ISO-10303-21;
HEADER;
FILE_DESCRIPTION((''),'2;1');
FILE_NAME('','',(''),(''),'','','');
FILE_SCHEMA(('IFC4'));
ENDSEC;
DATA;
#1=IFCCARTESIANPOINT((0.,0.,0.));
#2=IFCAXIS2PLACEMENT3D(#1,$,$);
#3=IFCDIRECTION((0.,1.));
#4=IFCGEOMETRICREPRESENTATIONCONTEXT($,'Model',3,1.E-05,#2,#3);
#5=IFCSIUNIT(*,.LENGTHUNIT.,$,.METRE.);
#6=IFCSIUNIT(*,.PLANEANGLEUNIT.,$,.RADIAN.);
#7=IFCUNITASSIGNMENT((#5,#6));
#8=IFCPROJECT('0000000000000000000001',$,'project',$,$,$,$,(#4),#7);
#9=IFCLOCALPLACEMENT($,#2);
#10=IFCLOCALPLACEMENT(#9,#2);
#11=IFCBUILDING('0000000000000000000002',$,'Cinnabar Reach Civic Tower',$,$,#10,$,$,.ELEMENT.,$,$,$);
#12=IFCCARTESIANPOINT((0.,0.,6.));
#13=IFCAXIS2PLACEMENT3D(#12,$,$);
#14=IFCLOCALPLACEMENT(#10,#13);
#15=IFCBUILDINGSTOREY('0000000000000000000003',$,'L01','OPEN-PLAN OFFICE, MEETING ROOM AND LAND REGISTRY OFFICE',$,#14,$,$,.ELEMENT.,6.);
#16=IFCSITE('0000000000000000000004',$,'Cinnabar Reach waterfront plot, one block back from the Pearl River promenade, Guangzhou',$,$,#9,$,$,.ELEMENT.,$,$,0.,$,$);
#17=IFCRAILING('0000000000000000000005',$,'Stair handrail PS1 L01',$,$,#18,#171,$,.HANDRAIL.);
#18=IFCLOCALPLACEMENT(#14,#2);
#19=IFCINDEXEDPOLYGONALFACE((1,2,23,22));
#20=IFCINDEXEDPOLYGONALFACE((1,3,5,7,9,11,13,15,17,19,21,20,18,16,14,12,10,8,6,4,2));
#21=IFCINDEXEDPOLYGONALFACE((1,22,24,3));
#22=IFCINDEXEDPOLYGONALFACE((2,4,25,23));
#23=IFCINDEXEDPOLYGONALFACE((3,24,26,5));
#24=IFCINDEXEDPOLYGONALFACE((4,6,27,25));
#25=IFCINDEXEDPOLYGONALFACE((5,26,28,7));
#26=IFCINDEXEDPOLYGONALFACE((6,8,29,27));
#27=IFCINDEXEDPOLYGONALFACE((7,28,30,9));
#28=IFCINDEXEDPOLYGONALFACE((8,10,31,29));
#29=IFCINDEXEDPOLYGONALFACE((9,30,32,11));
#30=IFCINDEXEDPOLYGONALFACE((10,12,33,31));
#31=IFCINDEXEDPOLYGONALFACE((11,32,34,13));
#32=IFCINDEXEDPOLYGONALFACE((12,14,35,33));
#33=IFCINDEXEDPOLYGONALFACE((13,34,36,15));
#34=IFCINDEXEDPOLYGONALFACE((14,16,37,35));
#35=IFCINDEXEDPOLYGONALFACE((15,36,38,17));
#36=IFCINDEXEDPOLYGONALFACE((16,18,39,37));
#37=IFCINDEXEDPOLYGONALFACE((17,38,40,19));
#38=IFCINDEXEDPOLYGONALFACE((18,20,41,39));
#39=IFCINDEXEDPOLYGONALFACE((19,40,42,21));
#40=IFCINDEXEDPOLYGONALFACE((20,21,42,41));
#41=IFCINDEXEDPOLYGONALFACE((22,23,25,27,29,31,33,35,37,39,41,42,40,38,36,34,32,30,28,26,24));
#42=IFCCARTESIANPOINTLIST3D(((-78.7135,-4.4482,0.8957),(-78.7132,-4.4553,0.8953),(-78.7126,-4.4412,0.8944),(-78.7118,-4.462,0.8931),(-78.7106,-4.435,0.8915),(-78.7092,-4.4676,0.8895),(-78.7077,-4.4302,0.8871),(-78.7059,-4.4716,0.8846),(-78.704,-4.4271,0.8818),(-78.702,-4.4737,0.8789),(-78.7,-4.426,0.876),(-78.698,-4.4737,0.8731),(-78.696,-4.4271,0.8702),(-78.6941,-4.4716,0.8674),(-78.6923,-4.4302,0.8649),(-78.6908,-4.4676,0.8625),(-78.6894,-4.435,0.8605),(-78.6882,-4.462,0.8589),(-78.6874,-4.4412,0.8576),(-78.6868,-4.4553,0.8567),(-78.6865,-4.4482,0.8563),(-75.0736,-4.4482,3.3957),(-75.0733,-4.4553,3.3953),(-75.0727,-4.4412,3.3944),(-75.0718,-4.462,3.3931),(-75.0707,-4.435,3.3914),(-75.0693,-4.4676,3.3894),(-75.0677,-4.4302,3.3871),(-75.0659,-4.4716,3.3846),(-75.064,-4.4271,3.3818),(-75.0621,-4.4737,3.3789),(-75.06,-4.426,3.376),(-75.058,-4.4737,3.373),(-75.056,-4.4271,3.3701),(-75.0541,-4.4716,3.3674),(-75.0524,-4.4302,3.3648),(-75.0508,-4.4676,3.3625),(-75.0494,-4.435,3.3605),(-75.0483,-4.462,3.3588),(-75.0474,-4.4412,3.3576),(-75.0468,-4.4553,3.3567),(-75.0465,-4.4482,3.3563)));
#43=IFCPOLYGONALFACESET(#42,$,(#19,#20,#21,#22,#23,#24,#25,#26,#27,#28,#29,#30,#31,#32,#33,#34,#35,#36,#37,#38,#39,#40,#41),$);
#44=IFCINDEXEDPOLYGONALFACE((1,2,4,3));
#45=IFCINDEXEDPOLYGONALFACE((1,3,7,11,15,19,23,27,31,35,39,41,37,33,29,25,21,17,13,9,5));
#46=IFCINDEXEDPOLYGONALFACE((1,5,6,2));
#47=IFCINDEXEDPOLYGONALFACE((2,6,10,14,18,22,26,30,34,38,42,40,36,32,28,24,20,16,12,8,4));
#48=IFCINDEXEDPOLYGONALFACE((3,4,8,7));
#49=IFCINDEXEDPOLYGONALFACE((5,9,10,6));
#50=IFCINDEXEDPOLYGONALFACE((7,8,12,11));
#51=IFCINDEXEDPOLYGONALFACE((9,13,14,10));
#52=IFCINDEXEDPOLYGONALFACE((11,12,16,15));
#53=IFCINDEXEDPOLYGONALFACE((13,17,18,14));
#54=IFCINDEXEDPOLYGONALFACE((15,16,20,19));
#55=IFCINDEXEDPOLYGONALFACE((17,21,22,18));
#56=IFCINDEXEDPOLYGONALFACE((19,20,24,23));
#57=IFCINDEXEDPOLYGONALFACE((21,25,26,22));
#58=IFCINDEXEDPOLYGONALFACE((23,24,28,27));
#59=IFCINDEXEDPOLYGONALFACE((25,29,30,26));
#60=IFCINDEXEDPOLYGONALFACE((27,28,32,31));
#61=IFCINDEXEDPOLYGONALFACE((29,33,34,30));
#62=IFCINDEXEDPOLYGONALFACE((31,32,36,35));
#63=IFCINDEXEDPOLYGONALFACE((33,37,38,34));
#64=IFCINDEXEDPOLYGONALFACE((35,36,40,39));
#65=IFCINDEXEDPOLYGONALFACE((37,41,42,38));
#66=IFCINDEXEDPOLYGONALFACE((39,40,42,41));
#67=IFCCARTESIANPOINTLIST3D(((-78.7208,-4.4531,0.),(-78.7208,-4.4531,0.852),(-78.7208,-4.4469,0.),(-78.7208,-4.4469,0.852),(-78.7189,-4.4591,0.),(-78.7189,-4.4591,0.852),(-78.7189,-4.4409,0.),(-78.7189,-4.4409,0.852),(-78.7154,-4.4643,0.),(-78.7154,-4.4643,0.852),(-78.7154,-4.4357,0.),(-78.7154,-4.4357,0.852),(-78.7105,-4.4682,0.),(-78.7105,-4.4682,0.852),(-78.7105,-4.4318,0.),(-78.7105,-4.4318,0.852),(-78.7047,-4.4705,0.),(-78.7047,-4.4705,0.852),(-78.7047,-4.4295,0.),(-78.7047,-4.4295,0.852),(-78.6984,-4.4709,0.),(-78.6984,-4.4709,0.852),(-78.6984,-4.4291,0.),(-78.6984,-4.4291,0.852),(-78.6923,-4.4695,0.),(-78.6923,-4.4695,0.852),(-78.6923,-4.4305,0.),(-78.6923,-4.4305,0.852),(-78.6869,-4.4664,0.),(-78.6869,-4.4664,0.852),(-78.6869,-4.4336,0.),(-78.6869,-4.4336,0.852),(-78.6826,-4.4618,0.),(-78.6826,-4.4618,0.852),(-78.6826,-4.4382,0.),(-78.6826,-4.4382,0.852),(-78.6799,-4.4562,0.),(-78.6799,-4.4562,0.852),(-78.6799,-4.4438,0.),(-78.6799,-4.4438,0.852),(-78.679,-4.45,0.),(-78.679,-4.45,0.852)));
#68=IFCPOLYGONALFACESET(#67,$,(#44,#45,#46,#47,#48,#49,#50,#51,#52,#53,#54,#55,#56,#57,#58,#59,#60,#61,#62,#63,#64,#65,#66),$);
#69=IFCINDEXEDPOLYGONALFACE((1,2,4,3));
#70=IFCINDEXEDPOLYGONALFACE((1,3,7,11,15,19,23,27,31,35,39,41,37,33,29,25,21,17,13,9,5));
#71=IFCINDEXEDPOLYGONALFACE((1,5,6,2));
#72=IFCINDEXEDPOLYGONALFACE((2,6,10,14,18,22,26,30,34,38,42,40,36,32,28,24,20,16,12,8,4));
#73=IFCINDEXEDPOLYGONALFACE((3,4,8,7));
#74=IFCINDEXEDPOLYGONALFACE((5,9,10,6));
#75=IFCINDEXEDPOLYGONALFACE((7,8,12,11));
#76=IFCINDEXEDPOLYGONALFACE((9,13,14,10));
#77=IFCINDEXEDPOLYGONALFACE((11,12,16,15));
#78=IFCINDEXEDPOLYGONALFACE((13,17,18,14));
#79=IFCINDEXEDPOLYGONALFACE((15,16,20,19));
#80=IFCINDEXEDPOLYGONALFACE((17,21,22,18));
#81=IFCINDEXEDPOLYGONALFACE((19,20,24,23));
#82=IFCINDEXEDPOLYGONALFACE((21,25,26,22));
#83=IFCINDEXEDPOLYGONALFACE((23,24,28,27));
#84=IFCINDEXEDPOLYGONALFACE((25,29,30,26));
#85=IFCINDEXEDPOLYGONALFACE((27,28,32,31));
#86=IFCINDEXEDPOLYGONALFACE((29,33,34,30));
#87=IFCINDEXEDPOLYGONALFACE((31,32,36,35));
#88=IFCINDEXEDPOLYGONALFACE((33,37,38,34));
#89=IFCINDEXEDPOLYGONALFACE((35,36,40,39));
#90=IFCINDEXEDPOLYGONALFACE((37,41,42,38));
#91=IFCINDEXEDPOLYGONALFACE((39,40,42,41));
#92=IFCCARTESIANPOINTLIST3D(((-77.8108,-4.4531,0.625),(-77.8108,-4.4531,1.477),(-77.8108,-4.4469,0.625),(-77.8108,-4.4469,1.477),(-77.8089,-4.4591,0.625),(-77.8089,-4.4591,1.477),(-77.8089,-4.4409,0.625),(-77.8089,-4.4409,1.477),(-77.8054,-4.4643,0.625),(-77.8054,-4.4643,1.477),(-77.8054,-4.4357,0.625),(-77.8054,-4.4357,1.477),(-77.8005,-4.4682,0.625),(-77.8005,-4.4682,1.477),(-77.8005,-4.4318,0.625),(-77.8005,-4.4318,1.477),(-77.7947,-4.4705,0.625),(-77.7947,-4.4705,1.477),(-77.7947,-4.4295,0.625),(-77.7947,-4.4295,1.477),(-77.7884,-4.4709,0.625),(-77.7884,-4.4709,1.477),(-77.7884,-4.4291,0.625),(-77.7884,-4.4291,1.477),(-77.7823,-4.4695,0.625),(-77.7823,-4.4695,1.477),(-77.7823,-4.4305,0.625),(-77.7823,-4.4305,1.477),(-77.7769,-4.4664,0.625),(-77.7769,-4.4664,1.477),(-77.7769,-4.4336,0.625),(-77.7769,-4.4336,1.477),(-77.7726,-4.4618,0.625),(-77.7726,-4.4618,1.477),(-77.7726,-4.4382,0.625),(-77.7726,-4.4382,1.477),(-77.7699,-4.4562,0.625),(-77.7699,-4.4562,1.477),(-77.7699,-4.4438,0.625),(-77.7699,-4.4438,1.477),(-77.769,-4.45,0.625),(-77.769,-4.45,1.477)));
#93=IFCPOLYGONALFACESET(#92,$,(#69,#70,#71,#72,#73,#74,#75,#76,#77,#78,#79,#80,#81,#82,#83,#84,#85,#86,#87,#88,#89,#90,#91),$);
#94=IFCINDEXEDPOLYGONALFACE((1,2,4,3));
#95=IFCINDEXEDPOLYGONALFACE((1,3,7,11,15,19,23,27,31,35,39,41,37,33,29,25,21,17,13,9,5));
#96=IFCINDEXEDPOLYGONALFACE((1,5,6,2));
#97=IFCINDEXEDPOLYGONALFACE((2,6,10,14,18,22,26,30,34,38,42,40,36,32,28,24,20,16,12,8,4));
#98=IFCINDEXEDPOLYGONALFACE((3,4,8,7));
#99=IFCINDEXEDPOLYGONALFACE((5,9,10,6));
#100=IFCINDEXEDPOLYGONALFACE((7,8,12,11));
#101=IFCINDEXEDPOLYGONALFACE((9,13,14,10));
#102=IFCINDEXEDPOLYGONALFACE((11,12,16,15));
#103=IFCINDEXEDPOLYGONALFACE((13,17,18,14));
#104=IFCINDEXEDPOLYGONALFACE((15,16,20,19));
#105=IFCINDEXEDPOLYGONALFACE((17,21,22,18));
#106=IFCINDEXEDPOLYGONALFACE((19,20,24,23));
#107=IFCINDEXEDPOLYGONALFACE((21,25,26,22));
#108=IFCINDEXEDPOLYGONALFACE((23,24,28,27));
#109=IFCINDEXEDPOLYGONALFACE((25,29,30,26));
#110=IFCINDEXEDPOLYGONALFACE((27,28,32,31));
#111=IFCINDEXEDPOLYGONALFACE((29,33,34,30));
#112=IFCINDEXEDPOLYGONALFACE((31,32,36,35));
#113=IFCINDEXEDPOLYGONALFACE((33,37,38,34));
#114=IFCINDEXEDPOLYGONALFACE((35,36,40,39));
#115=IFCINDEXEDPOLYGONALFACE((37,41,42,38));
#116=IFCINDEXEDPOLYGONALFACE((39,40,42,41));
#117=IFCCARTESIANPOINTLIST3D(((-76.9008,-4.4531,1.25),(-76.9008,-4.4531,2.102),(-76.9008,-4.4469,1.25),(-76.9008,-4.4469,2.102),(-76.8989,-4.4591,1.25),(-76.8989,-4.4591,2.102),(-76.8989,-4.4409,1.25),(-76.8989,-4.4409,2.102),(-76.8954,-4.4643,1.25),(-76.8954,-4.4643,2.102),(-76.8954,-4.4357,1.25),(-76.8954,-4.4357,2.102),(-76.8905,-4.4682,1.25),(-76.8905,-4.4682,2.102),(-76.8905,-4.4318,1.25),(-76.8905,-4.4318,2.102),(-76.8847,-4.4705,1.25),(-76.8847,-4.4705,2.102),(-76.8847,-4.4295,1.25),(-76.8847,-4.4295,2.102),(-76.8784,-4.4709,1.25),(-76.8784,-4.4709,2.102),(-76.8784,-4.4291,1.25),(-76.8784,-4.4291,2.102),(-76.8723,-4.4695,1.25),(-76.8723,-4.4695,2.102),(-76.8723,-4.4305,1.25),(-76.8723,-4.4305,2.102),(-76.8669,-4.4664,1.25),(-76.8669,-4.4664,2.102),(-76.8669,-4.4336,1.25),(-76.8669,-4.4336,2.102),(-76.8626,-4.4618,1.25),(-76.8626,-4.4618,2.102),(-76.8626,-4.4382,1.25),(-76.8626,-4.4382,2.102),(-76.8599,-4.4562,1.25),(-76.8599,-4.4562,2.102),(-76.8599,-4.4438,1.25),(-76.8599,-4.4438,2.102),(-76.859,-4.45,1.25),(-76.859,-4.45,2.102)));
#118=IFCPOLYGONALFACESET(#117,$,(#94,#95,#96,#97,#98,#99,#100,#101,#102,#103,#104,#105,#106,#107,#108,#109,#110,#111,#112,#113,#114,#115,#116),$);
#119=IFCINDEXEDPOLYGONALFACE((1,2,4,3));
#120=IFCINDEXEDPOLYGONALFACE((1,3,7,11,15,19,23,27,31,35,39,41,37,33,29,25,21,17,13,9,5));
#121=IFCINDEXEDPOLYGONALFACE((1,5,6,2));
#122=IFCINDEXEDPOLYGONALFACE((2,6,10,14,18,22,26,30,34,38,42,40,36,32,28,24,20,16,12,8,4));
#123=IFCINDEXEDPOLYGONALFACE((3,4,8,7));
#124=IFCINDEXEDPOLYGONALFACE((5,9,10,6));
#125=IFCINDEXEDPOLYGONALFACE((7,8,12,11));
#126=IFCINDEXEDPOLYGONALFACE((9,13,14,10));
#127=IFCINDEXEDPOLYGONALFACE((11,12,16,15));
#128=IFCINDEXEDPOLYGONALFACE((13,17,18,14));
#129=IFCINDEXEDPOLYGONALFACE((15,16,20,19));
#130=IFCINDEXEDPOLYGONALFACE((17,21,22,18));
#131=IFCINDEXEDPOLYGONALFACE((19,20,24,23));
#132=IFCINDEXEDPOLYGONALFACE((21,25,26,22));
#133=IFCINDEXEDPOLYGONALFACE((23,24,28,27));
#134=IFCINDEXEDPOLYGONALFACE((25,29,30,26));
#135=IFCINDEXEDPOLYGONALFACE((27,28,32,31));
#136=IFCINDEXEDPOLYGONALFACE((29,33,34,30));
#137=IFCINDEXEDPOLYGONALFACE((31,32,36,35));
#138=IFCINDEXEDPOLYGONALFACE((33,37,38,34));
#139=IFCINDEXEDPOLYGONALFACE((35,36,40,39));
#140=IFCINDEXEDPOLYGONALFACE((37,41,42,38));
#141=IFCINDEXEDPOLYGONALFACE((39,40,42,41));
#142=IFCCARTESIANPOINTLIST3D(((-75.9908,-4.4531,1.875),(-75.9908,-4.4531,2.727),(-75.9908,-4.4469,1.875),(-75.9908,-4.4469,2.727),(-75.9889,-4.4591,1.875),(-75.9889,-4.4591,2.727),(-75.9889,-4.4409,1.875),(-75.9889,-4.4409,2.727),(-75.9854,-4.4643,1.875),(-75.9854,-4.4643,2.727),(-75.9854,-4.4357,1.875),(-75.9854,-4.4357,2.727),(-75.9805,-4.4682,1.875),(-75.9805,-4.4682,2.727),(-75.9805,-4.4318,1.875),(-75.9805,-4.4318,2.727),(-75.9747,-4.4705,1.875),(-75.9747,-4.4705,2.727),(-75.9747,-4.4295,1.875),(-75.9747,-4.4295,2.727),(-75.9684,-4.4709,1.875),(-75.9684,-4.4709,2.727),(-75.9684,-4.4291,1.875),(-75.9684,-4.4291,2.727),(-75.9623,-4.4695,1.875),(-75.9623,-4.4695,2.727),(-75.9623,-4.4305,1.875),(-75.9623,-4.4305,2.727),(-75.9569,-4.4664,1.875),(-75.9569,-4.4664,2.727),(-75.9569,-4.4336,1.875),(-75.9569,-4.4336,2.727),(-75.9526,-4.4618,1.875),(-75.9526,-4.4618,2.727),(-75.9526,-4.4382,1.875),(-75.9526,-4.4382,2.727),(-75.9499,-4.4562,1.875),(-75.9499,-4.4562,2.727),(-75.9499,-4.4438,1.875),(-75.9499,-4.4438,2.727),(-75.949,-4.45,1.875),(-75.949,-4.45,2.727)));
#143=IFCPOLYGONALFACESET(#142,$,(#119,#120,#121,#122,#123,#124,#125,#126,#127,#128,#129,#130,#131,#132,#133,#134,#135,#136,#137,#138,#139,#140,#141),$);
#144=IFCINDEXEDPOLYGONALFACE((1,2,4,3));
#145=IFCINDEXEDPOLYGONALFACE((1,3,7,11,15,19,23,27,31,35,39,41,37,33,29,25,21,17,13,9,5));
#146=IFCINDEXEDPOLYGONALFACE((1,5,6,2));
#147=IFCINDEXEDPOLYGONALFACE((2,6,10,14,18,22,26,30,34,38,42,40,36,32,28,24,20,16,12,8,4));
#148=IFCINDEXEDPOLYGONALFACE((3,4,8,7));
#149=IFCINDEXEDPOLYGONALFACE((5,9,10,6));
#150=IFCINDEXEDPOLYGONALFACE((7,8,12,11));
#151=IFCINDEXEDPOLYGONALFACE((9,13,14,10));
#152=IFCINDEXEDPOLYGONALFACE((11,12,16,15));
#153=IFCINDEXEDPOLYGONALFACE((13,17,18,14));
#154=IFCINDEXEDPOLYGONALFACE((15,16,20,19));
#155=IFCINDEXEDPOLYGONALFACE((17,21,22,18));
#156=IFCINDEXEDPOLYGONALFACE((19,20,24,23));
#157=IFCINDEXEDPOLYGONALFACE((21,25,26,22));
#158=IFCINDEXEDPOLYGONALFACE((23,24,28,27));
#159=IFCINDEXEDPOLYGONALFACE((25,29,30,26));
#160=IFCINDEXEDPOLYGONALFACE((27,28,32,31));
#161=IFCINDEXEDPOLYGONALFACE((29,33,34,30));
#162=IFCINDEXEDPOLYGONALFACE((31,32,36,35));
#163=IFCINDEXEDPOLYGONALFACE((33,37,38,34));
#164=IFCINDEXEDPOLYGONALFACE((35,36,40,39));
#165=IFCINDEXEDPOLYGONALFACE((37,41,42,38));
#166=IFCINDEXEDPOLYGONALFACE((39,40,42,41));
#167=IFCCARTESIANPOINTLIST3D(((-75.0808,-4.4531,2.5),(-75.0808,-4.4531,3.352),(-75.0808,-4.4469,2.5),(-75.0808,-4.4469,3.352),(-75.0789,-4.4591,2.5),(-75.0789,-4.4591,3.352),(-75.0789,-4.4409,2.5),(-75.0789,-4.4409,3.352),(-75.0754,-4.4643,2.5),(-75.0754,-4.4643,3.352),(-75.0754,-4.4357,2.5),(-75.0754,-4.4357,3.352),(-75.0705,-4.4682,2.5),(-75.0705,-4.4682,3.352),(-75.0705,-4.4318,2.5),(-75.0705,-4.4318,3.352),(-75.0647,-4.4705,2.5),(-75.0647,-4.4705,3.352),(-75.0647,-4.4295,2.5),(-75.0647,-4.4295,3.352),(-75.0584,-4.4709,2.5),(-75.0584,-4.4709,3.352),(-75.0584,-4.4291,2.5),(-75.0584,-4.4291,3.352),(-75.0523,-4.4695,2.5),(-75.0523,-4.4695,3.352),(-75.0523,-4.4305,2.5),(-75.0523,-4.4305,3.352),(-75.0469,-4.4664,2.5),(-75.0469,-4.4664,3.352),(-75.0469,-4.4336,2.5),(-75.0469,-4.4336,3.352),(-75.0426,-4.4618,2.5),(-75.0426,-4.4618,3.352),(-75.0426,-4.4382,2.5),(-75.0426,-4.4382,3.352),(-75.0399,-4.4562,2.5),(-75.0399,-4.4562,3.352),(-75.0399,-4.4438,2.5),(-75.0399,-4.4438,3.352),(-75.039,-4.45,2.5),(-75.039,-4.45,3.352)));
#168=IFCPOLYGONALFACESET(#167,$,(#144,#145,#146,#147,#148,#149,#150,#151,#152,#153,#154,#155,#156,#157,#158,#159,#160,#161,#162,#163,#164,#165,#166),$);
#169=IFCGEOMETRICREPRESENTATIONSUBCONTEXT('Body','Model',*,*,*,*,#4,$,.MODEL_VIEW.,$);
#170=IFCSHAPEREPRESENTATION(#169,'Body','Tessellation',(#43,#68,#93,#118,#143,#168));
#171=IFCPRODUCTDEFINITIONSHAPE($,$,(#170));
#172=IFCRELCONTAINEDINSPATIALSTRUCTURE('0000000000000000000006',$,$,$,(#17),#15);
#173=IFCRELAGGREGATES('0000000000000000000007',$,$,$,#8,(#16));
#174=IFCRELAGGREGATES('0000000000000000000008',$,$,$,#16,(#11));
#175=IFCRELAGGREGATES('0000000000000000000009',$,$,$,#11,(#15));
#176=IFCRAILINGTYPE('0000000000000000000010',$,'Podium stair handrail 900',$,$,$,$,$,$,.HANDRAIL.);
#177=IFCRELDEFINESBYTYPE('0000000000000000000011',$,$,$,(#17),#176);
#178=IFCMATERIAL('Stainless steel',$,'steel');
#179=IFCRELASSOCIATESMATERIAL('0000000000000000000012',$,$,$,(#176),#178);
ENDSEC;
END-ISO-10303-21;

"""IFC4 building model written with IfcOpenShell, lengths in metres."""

from ifc_helpers import new_model, si_unit, direction, frame, origin, origin_2d, place, context, subcontext, project, spatial, circle, extrude, material, type_object, element, save


model = new_model("IFC4")

# Units and contexts
model_context = context("Model", 3, precision=1e-05, world=origin(), true_north=direction((0.0, 1.0)))
body_context = subcontext(model_context, "Body", "Model", "MODEL_VIEW")
ifc_project = project(units=[si_unit("LENGTHUNIT", "METRE"), si_unit("PLANEANGLEUNIT", "RADIAN")], contexts=[model_context])

# Site, building, storey
site_placement = place(None, origin())
site = spatial("IfcSite", under=ifc_project, at=site_placement, Name="Cinnabar Reach waterfront plot, one block back from the Pearl River promenade, Guangzhou", CompositionType="ELEMENT", RefElevation=0.0)
building_placement = place(site_placement, origin())
building = spatial("IfcBuilding", under=site, at=building_placement, Name="Cinnabar Reach Civic Tower", CompositionType="ELEMENT")
storey_placement = place(building_placement, frame((0.0, 0.0, 6.0)))
storey = spatial("IfcBuildingStorey", under=building, at=storey_placement, Name="L01", Description="OPEN-PLAN OFFICE, MEETING ROOM AND LAND REGISTRY OFFICE", CompositionType="ELEMENT", Elevation=6.0)

# Railing
ifc_material_1 = material(Name="Stainless steel", Category="steel")
railing_type_1 = type_object("IfcRailingType", Name="Podium stair handrail 900", PredefinedType="HANDRAIL", material=ifc_material_1)
railing_1_placement = place(storey_placement, frame((-78.7, -4.45, 0.0)))
element("IfcRailing", 1, at=railing_1_placement, inside=storey, type_object=railing_type_1, Name="Stair handrail PS1 L01", PredefinedType="HANDRAIL", context=body_context, shape_type="SweptSolid", body=[
    extrude(circle(Radius=0.024, at=origin_2d()), frame((0.0, 0.0, 0.876), z_axis=(0.824306, 0.0, 0.566144), x_axis=(0.0, 1.0, 0.0)), (0.0, 0.0, 1.0), 4.4158),
    extrude(circle(Radius=0.021, at=origin_2d()), origin(), (0.0, 0.0, 1.0), 0.852),
    extrude(circle(Radius=0.021, at=origin_2d()), frame((0.91, 0.0, 0.625)), (0.0, 0.0, 1.0), 0.852),
    extrude(circle(Radius=0.021, at=origin_2d()), frame((1.82, 0.0, 1.25)), (0.0, 0.0, 1.0), 0.852),
    extrude(circle(Radius=0.021, at=origin_2d()), frame((2.73, 0.0, 1.875)), (0.0, 0.0, 1.0), 0.852),
    extrude(circle(Radius=0.021, at=origin_2d()), frame((3.64, 0.0, 2.5)), (0.0, 0.0, 1.0), 0.852),
])

save(model, "model.ifc")
